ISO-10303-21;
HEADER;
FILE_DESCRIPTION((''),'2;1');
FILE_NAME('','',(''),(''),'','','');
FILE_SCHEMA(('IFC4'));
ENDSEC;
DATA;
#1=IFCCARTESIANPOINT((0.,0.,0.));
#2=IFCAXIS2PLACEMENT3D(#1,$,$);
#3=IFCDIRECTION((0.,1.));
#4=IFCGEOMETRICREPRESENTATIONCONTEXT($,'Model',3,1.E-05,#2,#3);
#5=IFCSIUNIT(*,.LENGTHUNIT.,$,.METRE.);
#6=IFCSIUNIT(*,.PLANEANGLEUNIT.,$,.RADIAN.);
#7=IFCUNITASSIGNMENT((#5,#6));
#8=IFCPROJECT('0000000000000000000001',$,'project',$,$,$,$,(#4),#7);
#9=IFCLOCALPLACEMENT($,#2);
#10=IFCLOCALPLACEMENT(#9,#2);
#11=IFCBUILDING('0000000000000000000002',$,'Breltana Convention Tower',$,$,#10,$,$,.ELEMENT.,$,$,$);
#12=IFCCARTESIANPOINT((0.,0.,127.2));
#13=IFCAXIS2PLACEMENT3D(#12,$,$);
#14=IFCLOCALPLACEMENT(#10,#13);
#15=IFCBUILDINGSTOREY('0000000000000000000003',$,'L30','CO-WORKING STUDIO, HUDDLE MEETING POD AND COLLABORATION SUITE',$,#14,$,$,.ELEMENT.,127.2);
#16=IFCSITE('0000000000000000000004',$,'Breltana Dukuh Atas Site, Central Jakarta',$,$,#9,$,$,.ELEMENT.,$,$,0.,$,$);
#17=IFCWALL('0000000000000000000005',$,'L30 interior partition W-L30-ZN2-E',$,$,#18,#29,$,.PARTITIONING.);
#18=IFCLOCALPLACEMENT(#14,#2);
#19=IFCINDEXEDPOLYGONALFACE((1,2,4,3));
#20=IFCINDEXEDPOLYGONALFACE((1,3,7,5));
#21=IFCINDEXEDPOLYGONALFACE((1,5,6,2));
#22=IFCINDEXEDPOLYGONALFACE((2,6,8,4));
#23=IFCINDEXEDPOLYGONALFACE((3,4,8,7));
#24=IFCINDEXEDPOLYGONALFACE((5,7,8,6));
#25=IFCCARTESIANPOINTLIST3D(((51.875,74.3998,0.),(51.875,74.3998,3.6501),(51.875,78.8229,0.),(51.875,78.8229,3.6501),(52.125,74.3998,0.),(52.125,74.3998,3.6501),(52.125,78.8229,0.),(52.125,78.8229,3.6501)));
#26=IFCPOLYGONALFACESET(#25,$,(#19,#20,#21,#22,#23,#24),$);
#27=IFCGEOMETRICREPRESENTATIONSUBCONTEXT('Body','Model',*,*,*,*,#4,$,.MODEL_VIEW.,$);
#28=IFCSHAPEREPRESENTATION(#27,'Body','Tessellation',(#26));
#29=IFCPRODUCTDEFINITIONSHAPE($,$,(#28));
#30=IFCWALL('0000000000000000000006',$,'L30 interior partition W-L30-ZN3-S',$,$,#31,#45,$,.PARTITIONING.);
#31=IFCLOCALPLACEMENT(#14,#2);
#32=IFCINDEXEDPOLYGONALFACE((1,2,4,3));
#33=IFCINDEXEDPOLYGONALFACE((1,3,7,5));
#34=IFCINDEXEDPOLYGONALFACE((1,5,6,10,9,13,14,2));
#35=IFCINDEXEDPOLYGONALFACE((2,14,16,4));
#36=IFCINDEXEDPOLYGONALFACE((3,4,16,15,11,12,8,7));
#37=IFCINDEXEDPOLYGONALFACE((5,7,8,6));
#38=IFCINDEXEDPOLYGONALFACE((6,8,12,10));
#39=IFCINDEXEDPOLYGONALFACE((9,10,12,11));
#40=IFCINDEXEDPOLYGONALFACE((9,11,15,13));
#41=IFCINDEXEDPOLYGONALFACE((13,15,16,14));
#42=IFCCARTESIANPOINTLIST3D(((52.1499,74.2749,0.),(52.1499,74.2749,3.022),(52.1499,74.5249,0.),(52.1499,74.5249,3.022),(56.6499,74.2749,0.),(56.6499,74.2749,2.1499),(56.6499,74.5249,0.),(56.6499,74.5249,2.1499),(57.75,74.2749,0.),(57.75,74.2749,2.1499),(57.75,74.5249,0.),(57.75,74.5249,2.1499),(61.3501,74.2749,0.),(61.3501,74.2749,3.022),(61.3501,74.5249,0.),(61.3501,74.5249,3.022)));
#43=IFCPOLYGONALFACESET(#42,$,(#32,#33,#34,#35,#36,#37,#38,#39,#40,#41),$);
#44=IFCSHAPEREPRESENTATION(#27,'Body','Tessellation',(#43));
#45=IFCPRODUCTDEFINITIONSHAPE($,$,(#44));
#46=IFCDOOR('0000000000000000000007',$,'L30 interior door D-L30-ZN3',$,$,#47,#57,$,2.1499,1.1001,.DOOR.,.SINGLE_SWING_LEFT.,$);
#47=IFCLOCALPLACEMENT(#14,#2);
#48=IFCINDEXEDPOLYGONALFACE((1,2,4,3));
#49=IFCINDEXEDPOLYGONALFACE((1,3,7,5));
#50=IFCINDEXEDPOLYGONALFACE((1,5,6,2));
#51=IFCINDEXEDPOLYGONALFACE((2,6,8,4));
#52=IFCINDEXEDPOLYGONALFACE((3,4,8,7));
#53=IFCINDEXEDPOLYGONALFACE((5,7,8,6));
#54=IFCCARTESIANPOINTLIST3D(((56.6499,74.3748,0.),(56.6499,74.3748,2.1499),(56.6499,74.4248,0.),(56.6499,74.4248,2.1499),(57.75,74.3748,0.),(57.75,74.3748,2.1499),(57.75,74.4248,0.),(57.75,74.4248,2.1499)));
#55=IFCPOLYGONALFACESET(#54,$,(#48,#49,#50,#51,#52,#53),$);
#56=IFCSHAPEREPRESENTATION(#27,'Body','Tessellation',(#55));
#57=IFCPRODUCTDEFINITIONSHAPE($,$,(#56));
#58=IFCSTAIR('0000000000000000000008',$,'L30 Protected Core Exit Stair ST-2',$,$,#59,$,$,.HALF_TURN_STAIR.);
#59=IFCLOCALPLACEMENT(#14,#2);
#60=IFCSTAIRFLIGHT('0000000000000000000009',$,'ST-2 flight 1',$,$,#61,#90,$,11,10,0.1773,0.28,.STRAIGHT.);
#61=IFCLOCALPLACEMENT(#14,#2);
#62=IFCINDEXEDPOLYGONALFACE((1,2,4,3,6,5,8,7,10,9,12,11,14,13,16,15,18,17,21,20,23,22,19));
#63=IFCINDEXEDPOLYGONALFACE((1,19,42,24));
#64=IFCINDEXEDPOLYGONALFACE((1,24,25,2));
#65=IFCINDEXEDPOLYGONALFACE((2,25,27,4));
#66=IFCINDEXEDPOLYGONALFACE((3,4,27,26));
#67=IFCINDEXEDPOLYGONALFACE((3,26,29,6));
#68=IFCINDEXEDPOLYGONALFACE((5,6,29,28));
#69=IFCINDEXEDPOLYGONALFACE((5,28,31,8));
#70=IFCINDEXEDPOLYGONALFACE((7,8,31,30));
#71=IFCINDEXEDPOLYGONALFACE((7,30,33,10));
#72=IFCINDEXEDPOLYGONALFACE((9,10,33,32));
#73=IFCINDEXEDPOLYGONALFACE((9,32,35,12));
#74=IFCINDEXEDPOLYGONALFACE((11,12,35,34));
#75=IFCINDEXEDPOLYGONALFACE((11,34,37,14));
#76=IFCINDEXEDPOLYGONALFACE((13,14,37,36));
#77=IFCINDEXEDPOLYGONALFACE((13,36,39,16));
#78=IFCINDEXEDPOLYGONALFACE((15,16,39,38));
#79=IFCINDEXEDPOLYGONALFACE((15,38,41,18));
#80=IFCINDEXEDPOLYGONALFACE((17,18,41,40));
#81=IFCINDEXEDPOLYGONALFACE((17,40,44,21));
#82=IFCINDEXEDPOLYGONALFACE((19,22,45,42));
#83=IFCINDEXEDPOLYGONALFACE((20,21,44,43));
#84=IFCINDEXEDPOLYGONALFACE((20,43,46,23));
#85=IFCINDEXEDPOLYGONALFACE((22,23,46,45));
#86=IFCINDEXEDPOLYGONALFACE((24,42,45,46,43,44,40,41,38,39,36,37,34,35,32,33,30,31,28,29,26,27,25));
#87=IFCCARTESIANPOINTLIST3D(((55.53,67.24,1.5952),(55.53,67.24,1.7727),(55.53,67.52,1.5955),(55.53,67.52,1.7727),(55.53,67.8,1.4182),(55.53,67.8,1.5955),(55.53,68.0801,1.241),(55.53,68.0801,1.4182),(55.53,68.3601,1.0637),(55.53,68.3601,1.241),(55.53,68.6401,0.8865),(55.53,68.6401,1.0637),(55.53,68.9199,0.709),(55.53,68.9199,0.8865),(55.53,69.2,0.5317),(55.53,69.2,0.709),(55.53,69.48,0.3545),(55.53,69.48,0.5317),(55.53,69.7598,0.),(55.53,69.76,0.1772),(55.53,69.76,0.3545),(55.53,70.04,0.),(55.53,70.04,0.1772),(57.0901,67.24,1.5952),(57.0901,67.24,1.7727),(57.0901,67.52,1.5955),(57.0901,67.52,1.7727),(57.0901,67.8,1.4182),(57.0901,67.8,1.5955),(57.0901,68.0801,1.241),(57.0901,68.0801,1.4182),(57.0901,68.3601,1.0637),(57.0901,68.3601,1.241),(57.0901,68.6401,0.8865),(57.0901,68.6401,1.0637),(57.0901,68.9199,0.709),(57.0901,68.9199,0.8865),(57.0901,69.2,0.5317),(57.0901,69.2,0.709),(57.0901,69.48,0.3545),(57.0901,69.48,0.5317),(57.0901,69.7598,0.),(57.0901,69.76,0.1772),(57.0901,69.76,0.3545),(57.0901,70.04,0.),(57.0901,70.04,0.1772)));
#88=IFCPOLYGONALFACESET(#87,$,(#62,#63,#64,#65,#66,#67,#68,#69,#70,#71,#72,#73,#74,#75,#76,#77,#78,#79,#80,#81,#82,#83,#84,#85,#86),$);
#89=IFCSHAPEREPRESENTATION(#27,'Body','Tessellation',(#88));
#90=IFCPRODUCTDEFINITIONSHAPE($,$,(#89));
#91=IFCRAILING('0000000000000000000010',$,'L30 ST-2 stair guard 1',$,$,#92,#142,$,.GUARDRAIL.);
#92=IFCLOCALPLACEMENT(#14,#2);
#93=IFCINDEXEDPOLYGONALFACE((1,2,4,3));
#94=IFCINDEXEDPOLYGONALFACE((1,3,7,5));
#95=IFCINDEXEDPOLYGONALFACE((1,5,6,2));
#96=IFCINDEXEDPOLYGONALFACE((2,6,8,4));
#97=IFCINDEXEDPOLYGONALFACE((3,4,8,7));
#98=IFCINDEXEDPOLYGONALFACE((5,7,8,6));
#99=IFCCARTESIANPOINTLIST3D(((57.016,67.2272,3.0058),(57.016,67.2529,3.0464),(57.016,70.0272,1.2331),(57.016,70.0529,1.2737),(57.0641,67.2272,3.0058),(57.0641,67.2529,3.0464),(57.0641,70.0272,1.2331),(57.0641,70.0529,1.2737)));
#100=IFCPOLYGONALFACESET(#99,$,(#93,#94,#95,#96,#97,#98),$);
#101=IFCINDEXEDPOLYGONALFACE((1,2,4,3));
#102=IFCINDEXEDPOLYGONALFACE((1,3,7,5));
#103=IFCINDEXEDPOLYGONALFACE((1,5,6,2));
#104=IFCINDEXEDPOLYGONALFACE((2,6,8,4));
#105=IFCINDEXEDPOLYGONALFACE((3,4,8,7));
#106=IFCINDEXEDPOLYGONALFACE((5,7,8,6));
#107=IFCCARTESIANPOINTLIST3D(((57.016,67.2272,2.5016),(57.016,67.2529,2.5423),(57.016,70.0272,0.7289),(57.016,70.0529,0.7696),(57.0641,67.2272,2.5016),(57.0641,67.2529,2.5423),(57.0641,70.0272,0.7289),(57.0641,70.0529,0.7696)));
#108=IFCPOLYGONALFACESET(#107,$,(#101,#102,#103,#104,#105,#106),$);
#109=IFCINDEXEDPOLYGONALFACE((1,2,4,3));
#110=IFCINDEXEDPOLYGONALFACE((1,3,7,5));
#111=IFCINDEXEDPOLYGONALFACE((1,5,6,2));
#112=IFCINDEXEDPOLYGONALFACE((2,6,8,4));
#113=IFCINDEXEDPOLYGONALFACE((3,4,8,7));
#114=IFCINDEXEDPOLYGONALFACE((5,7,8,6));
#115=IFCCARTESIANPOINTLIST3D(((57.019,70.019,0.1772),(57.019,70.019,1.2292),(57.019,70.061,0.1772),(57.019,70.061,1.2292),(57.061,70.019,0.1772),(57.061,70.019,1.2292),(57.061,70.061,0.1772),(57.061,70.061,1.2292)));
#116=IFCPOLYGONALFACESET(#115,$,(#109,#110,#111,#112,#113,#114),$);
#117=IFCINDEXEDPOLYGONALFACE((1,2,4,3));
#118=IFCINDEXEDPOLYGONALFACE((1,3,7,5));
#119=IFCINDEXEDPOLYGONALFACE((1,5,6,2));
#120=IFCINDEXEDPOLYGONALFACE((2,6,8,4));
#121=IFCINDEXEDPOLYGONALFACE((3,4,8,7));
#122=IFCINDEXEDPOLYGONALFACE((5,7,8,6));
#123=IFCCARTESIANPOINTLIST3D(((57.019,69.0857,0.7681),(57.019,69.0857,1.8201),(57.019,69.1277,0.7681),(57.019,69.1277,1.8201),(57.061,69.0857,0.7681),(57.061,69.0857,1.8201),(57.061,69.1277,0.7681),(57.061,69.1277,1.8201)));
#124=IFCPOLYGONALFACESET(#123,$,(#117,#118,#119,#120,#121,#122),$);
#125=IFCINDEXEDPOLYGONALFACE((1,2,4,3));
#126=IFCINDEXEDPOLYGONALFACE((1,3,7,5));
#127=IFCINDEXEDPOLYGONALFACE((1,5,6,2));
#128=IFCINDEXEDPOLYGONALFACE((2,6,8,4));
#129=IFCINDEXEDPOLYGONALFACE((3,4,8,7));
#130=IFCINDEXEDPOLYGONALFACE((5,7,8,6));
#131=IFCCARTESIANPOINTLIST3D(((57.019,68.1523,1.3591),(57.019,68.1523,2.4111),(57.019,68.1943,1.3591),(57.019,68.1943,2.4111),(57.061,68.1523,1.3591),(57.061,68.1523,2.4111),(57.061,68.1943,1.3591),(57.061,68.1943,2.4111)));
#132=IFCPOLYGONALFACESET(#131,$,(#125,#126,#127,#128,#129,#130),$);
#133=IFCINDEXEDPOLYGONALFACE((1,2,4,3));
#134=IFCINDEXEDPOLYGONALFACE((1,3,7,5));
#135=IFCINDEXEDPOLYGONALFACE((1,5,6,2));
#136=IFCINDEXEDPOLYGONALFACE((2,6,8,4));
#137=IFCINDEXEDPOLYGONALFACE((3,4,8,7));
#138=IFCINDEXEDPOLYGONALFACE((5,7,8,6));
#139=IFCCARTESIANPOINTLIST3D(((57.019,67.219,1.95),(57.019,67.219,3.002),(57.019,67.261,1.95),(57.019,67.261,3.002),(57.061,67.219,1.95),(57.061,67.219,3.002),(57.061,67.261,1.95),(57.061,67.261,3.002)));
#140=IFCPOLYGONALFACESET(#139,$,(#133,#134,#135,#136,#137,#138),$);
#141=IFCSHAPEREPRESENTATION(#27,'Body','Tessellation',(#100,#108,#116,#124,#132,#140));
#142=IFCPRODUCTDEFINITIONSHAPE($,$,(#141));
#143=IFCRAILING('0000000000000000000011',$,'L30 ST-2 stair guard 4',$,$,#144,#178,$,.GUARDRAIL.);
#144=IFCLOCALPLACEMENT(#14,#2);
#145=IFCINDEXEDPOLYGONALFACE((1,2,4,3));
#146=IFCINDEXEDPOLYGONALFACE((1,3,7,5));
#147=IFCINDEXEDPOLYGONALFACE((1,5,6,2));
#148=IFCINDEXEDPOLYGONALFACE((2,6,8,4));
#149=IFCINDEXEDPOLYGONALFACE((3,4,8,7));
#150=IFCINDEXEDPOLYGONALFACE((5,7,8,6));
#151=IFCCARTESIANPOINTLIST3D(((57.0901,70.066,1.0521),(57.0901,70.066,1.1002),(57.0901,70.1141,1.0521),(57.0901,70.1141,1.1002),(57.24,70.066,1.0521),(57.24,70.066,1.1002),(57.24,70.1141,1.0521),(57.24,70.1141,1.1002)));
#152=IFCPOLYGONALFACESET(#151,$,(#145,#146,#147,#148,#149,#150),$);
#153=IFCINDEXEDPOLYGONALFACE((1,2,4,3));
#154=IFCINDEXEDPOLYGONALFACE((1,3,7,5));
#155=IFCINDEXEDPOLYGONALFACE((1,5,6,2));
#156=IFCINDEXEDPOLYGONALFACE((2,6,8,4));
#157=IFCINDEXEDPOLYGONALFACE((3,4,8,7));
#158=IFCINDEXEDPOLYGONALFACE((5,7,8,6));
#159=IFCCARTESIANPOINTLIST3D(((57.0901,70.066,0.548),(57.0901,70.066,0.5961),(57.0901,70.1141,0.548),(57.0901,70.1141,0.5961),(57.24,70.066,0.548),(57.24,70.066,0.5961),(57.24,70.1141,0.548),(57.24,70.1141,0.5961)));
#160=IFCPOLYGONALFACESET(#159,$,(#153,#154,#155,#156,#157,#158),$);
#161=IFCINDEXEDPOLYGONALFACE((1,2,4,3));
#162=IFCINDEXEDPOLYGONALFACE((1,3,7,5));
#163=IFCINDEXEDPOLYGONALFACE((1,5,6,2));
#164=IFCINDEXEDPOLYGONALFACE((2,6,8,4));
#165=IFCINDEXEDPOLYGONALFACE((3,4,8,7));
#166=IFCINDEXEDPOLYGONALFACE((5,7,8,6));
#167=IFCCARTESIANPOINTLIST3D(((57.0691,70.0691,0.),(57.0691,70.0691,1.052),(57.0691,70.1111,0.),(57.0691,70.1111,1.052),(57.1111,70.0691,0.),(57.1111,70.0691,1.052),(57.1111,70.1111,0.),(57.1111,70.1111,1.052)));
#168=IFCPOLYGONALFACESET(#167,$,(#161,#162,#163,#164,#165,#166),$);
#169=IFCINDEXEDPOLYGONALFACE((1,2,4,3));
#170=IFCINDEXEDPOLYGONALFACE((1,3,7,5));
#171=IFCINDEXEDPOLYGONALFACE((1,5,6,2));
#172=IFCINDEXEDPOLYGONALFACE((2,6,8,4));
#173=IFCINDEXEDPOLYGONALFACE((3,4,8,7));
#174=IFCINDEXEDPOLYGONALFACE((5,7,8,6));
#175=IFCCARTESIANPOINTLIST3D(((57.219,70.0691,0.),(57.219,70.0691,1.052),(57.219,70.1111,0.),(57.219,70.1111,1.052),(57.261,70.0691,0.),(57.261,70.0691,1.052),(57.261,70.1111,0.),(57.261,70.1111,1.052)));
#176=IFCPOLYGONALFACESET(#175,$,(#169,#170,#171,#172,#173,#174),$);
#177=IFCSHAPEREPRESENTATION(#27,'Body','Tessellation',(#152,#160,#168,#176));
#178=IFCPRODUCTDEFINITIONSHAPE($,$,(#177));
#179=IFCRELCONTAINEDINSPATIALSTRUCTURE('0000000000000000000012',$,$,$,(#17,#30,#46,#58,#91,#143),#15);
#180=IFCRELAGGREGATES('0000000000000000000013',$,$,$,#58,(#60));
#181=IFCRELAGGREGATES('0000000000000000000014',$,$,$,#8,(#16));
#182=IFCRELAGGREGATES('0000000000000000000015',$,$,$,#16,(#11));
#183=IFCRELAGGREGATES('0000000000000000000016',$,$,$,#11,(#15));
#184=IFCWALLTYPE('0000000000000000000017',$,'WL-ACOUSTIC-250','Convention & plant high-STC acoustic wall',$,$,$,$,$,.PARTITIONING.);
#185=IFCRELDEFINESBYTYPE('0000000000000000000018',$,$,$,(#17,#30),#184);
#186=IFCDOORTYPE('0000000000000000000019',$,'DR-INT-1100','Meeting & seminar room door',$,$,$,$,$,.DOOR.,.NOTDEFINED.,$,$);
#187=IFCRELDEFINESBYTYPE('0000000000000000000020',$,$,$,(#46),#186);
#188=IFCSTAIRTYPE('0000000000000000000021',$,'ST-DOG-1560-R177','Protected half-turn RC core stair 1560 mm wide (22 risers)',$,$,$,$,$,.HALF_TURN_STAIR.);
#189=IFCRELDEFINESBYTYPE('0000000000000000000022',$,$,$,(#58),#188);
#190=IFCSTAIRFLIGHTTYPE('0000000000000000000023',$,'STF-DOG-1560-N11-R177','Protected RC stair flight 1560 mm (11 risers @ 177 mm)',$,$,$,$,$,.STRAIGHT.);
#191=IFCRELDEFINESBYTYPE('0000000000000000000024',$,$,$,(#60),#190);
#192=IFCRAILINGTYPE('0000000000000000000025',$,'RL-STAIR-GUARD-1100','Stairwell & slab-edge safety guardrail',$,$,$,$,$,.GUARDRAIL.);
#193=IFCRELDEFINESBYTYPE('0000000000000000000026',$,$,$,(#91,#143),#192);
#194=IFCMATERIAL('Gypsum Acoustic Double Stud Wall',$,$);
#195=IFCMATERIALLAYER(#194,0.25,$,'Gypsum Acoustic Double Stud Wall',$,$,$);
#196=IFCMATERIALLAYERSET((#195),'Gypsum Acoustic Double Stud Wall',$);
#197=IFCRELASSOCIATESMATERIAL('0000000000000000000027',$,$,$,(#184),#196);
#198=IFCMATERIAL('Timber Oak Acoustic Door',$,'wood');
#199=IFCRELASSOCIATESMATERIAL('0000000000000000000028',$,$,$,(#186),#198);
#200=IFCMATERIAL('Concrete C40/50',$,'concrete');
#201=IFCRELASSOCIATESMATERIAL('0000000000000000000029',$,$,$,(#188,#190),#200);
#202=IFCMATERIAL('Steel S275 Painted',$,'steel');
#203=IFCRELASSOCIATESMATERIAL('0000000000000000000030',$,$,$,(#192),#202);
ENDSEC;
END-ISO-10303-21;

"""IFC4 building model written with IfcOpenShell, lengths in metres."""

from ifc_helpers import new_model, si_unit, direction, frame, frame_2d, origin, origin_2d, place, context, subcontext, project, spatial, polyline, rectangle, outline, extrude, source, transform, mapped, material, layer, layer_set, type_object, type_shapes, element, fill, aggregate, save


model = new_model("IFC4")

# Units and contexts
model_context = context("Model", 3, precision=1e-05, world=origin(), true_north=direction((0.0, 1.0)))
body_context = subcontext(model_context, "Body", "Model", "MODEL_VIEW")
ifc_project = project(units=[si_unit("LENGTHUNIT", "METRE"), si_unit("PLANEANGLEUNIT", "RADIAN")], contexts=[model_context])

# Site, building, storey
site_placement = place(None, origin())
site = spatial("IfcSite", under=ifc_project, at=site_placement, Name="Breltana Dukuh Atas Site, Central Jakarta", CompositionType="ELEMENT", RefElevation=0.0)
building_placement = place(site_placement, origin())
building = spatial("IfcBuilding", under=site, at=building_placement, Name="Breltana Convention Tower", CompositionType="ELEMENT")
storey_placement = place(building_placement, frame((0.0, 0.0, 127.2)))
storey = spatial("IfcBuildingStorey", under=building, at=storey_placement, Name="L30", Description="CO-WORKING STUDIO, HUDDLE MEETING POD AND COLLABORATION SUITE", CompositionType="ELEMENT", Elevation=127.2)

# Wall
ifc_material_1 = material(Name="Gypsum Acoustic Double Stud Wall")
ifc_layer_1 = layer(ifc_material_1, 0.25, Name="Gypsum Acoustic Double Stud Wall")
ifc_layer_set_1 = layer_set([ifc_layer_1], Name="Gypsum Acoustic Double Stud Wall")
wall_type_1 = type_object("IfcWallType", Name="WL-ACOUSTIC-250", Description="Convention & plant high-STC acoustic wall", PredefinedType="PARTITIONING", material=ifc_layer_set_1)
shared_shape_1 = source(origin(), body_context, "Body", "SweptSolid", [
    extrude(rectangle(XDim=4.4231, YDim=0.25, at=frame_2d((2.2114, 0.0))), origin(), (0.0, 0.0, 1.0), 3.6501),
])
wall_1_placement = place(storey_placement, frame((52.0, 74.3999, 0.0), z_axis=(0.0, 0.0, 1.0), x_axis=(0.0, 1.0, 0.0)))
element("IfcWall", 1, at=wall_1_placement, inside=storey, type_object=wall_type_1, Name="L30 interior partition W-L30-ZN2-E", PredefinedType="PARTITIONING", context=body_context, shape_type="MappedRepresentation", body=[
    mapped(shared_shape_1, transform((0.0, 0.0, 0.0), scale=1.0)),
])

# Wall, opening, door
shared_shape_2 = source(origin(), body_context, "Body", "SweptSolid", [
    extrude(rectangle(XDim=9.2002, YDim=0.25, at=frame_2d((4.6001, 0.0))), origin(), (0.0, 0.0, 1.0), 3.022),
])
wall_2_placement = place(storey_placement, frame((52.1499, 74.3999, 0.0), z_axis=(0.0, 0.0, 1.0), x_axis=(1.0, 0.0, 0.0)))
wall_2 = element("IfcWall", 2, at=wall_2_placement, inside=storey, type_object=wall_type_1, Name="L30 interior partition W-L30-ZN3-S", PredefinedType="PARTITIONING", context=body_context, shape_type="MappedRepresentation", body=[
    mapped(shared_shape_2, transform((0.0, 0.0, 0.0), scale=1.0)),
])
opening_1_placement = place(wall_2_placement, frame((4.5, 0.0, 0.0)))
opening_1 = element("IfcOpeningElement", 3, at=opening_1_placement, cuts=wall_2, PredefinedType="OPENING", context=body_context, shape_type="SweptSolid", body=[
    extrude(rectangle(XDim=1.1001, YDim=2.1499, at=frame_2d((0.55, 1.075))), frame((0.0, 0.135, 0.0), z_axis=(0.0, -1.0, 0.0), x_axis=(1.0, 0.0, 0.0)), (0.0, 0.0, 1.0), 0.27),
])
ifc_material_2 = material(Name="Timber Oak Acoustic Door", Category="wood")
door_type_1 = type_object("IfcDoorType", Name="DR-INT-1100", Description="Meeting & seminar room door", OperationType="NOTDEFINED", PredefinedType="DOOR", material=ifc_material_2)
shared_shape_3 = source(origin(), body_context, "Body", "SweptSolid", [
    extrude(rectangle(XDim=1.1001, YDim=2.1499, at=frame_2d((0.55, 1.075))), frame((0.0, 0.0249, 0.0), z_axis=(0.0, -1.0, 0.0), x_axis=(1.0, 0.0, 0.0)), (0.0, 0.0, 1.0), 0.05),
])
type_shapes(door_type_1, [shared_shape_3])
door_1_placement = place(opening_1_placement, origin())
door_1 = element("IfcDoor", 4, at=door_1_placement, inside=storey, type_object=door_type_1, Name="L30 interior door D-L30-ZN3", OperationType="SINGLE_SWING_LEFT", OverallHeight=2.1499, OverallWidth=1.1001, PredefinedType="DOOR", context=body_context, shape_type="MappedRepresentation", body=[
    mapped(shared_shape_3, transform((0.0, 0.0, 0.0), scale=1.0)),
])
fill(opening_1, door_1)

# Stair, stair flight
ifc_material_3 = material(Name="Concrete C40/50", Category="concrete")
stair_type = type_object("IfcStairType", Name="ST-DOG-1560-R177", Description="Protected half-turn RC core stair 1560 mm wide (22 risers)", PredefinedType="HALF_TURN_STAIR", material=ifc_material_3)
stair_placement = place(storey_placement, origin())
stair = element("IfcStair", 5, at=stair_placement, inside=storey, type_object=stair_type, Name="L30 Protected Core Exit Stair ST-2", PredefinedType="HALF_TURN_STAIR")
stair_flight_type = type_object("IfcStairFlightType", Name="STF-DOG-1560-N11-R177", Description="Protected RC stair flight 1560 mm (11 risers @ 177 mm)", PredefinedType="STRAIGHT", material=ifc_material_3)
stair_flight_placement = place(storey_placement, frame((56.3101, 70.04, 0.0), z_axis=(0.0, 0.0, 1.0), x_axis=(0.0, -1.0, 0.0)))
stair_flight = element("IfcStairFlight", 6, at=stair_flight_placement, type_object=stair_flight_type, Name="ST-2 flight 1", NumberOfRisers=11, NumberOfTreads=10, PredefinedType="STRAIGHT", RiserHeight=0.1773, TreadLength=0.28, context=body_context, shape_type="SweptSolid", body=[
    extrude(outline(polyline([(0.0, 0.0), (0.0, 0.1772), (0.28, 0.1772), (0.28, 0.3545), (0.5601, 0.3545), (0.5601, 0.5317), (0.8401, 0.5317), (0.8401, 0.709), (1.1201, 0.709), (1.1201, 0.8865), (1.3999, 0.8865), (1.3999, 1.0637), (1.6799, 1.0637), (1.6799, 1.241), (1.96, 1.241), (1.96, 1.4182), (2.24, 1.4182), (2.24, 1.5955), (2.52, 1.5955), (2.52, 1.7727), (2.8, 1.7727), (2.8, 1.95), (2.8, 1.5952), (0.2803, 0.0), (0.0, 0.0)])), frame((0.0, 0.78, 0.0), z_axis=(0.0, -1.0, 0.0), x_axis=(1.0, 0.0, 0.0)), (0.0, 0.0, 1.0), 1.5601),
])
aggregate(stair, [stair_flight])

# Railings
ifc_material_4 = material(Name="Steel S275 Painted", Category="steel")
railing_type_1 = type_object("IfcRailingType", Name="RL-STAIR-GUARD-1100", Description="Stairwell & slab-edge safety guardrail", PredefinedType="GUARDRAIL", material=ifc_material_4)
railing_1_placement = place(storey_placement, frame((57.04, 70.04, 0.1772)))
element("IfcRailing", 7, at=railing_1_placement, inside=storey, type_object=railing_type_1, Name="L30 ST-2 stair guard 1", PredefinedType="GUARDRAIL", context=body_context, shape_type="SweptSolid", body=[
    extrude(rectangle(XDim=0.0481, YDim=0.0481, at=origin_2d()), frame((0.0, 0.0, 1.0762), z_axis=(0.0, -0.844909, 0.53491), x_axis=(1.0, 0.0, 0.0)), (0.0, 0.0, 1.0), 3.314),
    extrude(rectangle(XDim=0.0481, YDim=0.0481, at=origin_2d()), frame((0.0, 0.0, 0.572), z_axis=(0.0, -0.844909, 0.53491), x_axis=(1.0, 0.0, 0.0)), (0.0, 0.0, 1.0), 3.314),
    extrude(rectangle(XDim=0.042, YDim=0.042, at=origin_2d()), origin(), (0.0, 0.0, 1.0), 1.052),
    extrude(rectangle(XDim=0.042, YDim=0.042, at=origin_2d()), frame((0.0, -0.9333, 0.5908)), (0.0, 0.0, 1.0), 1.052),
    extrude(rectangle(XDim=0.042, YDim=0.042, at=origin_2d()), frame((0.0, -1.8667, 1.1819)), (0.0, 0.0, 1.0), 1.052),
    extrude(rectangle(XDim=0.042, YDim=0.042, at=origin_2d()), frame((0.0, -2.8, 1.7727)), (0.0, 0.0, 1.0), 1.052),
])
railing_2_placement = place(storey_placement, frame((57.0901, 70.0901, 0.0)))
element("IfcRailing", 8, at=railing_2_placement, inside=storey, type_object=railing_type_1, Name="L30 ST-2 stair guard 4", PredefinedType="GUARDRAIL", context=body_context, shape_type="SweptSolid", body=[
    extrude(rectangle(XDim=0.0481, YDim=0.0481, at=origin_2d()), frame((0.0, 0.0, 1.0762), z_axis=(1.0, 0.0, 0.0), x_axis=(0.0, 1.0, 0.0)), (0.0, 0.0, 1.0), 0.1499),
    extrude(rectangle(XDim=0.0481, YDim=0.0481, at=origin_2d()), frame((0.0, 0.0, 0.572), z_axis=(1.0, 0.0, 0.0), x_axis=(0.0, 1.0, 0.0)), (0.0, 0.0, 1.0), 0.1499),
    extrude(rectangle(XDim=0.042, YDim=0.042, at=origin_2d()), origin(), (0.0, 0.0, 1.0), 1.052),
    extrude(rectangle(XDim=0.042, YDim=0.042, at=origin_2d()), frame((0.1499, 0.0, 0.0)), (0.0, 0.0, 1.0), 1.052),
])

save(model, "model.ifc")
